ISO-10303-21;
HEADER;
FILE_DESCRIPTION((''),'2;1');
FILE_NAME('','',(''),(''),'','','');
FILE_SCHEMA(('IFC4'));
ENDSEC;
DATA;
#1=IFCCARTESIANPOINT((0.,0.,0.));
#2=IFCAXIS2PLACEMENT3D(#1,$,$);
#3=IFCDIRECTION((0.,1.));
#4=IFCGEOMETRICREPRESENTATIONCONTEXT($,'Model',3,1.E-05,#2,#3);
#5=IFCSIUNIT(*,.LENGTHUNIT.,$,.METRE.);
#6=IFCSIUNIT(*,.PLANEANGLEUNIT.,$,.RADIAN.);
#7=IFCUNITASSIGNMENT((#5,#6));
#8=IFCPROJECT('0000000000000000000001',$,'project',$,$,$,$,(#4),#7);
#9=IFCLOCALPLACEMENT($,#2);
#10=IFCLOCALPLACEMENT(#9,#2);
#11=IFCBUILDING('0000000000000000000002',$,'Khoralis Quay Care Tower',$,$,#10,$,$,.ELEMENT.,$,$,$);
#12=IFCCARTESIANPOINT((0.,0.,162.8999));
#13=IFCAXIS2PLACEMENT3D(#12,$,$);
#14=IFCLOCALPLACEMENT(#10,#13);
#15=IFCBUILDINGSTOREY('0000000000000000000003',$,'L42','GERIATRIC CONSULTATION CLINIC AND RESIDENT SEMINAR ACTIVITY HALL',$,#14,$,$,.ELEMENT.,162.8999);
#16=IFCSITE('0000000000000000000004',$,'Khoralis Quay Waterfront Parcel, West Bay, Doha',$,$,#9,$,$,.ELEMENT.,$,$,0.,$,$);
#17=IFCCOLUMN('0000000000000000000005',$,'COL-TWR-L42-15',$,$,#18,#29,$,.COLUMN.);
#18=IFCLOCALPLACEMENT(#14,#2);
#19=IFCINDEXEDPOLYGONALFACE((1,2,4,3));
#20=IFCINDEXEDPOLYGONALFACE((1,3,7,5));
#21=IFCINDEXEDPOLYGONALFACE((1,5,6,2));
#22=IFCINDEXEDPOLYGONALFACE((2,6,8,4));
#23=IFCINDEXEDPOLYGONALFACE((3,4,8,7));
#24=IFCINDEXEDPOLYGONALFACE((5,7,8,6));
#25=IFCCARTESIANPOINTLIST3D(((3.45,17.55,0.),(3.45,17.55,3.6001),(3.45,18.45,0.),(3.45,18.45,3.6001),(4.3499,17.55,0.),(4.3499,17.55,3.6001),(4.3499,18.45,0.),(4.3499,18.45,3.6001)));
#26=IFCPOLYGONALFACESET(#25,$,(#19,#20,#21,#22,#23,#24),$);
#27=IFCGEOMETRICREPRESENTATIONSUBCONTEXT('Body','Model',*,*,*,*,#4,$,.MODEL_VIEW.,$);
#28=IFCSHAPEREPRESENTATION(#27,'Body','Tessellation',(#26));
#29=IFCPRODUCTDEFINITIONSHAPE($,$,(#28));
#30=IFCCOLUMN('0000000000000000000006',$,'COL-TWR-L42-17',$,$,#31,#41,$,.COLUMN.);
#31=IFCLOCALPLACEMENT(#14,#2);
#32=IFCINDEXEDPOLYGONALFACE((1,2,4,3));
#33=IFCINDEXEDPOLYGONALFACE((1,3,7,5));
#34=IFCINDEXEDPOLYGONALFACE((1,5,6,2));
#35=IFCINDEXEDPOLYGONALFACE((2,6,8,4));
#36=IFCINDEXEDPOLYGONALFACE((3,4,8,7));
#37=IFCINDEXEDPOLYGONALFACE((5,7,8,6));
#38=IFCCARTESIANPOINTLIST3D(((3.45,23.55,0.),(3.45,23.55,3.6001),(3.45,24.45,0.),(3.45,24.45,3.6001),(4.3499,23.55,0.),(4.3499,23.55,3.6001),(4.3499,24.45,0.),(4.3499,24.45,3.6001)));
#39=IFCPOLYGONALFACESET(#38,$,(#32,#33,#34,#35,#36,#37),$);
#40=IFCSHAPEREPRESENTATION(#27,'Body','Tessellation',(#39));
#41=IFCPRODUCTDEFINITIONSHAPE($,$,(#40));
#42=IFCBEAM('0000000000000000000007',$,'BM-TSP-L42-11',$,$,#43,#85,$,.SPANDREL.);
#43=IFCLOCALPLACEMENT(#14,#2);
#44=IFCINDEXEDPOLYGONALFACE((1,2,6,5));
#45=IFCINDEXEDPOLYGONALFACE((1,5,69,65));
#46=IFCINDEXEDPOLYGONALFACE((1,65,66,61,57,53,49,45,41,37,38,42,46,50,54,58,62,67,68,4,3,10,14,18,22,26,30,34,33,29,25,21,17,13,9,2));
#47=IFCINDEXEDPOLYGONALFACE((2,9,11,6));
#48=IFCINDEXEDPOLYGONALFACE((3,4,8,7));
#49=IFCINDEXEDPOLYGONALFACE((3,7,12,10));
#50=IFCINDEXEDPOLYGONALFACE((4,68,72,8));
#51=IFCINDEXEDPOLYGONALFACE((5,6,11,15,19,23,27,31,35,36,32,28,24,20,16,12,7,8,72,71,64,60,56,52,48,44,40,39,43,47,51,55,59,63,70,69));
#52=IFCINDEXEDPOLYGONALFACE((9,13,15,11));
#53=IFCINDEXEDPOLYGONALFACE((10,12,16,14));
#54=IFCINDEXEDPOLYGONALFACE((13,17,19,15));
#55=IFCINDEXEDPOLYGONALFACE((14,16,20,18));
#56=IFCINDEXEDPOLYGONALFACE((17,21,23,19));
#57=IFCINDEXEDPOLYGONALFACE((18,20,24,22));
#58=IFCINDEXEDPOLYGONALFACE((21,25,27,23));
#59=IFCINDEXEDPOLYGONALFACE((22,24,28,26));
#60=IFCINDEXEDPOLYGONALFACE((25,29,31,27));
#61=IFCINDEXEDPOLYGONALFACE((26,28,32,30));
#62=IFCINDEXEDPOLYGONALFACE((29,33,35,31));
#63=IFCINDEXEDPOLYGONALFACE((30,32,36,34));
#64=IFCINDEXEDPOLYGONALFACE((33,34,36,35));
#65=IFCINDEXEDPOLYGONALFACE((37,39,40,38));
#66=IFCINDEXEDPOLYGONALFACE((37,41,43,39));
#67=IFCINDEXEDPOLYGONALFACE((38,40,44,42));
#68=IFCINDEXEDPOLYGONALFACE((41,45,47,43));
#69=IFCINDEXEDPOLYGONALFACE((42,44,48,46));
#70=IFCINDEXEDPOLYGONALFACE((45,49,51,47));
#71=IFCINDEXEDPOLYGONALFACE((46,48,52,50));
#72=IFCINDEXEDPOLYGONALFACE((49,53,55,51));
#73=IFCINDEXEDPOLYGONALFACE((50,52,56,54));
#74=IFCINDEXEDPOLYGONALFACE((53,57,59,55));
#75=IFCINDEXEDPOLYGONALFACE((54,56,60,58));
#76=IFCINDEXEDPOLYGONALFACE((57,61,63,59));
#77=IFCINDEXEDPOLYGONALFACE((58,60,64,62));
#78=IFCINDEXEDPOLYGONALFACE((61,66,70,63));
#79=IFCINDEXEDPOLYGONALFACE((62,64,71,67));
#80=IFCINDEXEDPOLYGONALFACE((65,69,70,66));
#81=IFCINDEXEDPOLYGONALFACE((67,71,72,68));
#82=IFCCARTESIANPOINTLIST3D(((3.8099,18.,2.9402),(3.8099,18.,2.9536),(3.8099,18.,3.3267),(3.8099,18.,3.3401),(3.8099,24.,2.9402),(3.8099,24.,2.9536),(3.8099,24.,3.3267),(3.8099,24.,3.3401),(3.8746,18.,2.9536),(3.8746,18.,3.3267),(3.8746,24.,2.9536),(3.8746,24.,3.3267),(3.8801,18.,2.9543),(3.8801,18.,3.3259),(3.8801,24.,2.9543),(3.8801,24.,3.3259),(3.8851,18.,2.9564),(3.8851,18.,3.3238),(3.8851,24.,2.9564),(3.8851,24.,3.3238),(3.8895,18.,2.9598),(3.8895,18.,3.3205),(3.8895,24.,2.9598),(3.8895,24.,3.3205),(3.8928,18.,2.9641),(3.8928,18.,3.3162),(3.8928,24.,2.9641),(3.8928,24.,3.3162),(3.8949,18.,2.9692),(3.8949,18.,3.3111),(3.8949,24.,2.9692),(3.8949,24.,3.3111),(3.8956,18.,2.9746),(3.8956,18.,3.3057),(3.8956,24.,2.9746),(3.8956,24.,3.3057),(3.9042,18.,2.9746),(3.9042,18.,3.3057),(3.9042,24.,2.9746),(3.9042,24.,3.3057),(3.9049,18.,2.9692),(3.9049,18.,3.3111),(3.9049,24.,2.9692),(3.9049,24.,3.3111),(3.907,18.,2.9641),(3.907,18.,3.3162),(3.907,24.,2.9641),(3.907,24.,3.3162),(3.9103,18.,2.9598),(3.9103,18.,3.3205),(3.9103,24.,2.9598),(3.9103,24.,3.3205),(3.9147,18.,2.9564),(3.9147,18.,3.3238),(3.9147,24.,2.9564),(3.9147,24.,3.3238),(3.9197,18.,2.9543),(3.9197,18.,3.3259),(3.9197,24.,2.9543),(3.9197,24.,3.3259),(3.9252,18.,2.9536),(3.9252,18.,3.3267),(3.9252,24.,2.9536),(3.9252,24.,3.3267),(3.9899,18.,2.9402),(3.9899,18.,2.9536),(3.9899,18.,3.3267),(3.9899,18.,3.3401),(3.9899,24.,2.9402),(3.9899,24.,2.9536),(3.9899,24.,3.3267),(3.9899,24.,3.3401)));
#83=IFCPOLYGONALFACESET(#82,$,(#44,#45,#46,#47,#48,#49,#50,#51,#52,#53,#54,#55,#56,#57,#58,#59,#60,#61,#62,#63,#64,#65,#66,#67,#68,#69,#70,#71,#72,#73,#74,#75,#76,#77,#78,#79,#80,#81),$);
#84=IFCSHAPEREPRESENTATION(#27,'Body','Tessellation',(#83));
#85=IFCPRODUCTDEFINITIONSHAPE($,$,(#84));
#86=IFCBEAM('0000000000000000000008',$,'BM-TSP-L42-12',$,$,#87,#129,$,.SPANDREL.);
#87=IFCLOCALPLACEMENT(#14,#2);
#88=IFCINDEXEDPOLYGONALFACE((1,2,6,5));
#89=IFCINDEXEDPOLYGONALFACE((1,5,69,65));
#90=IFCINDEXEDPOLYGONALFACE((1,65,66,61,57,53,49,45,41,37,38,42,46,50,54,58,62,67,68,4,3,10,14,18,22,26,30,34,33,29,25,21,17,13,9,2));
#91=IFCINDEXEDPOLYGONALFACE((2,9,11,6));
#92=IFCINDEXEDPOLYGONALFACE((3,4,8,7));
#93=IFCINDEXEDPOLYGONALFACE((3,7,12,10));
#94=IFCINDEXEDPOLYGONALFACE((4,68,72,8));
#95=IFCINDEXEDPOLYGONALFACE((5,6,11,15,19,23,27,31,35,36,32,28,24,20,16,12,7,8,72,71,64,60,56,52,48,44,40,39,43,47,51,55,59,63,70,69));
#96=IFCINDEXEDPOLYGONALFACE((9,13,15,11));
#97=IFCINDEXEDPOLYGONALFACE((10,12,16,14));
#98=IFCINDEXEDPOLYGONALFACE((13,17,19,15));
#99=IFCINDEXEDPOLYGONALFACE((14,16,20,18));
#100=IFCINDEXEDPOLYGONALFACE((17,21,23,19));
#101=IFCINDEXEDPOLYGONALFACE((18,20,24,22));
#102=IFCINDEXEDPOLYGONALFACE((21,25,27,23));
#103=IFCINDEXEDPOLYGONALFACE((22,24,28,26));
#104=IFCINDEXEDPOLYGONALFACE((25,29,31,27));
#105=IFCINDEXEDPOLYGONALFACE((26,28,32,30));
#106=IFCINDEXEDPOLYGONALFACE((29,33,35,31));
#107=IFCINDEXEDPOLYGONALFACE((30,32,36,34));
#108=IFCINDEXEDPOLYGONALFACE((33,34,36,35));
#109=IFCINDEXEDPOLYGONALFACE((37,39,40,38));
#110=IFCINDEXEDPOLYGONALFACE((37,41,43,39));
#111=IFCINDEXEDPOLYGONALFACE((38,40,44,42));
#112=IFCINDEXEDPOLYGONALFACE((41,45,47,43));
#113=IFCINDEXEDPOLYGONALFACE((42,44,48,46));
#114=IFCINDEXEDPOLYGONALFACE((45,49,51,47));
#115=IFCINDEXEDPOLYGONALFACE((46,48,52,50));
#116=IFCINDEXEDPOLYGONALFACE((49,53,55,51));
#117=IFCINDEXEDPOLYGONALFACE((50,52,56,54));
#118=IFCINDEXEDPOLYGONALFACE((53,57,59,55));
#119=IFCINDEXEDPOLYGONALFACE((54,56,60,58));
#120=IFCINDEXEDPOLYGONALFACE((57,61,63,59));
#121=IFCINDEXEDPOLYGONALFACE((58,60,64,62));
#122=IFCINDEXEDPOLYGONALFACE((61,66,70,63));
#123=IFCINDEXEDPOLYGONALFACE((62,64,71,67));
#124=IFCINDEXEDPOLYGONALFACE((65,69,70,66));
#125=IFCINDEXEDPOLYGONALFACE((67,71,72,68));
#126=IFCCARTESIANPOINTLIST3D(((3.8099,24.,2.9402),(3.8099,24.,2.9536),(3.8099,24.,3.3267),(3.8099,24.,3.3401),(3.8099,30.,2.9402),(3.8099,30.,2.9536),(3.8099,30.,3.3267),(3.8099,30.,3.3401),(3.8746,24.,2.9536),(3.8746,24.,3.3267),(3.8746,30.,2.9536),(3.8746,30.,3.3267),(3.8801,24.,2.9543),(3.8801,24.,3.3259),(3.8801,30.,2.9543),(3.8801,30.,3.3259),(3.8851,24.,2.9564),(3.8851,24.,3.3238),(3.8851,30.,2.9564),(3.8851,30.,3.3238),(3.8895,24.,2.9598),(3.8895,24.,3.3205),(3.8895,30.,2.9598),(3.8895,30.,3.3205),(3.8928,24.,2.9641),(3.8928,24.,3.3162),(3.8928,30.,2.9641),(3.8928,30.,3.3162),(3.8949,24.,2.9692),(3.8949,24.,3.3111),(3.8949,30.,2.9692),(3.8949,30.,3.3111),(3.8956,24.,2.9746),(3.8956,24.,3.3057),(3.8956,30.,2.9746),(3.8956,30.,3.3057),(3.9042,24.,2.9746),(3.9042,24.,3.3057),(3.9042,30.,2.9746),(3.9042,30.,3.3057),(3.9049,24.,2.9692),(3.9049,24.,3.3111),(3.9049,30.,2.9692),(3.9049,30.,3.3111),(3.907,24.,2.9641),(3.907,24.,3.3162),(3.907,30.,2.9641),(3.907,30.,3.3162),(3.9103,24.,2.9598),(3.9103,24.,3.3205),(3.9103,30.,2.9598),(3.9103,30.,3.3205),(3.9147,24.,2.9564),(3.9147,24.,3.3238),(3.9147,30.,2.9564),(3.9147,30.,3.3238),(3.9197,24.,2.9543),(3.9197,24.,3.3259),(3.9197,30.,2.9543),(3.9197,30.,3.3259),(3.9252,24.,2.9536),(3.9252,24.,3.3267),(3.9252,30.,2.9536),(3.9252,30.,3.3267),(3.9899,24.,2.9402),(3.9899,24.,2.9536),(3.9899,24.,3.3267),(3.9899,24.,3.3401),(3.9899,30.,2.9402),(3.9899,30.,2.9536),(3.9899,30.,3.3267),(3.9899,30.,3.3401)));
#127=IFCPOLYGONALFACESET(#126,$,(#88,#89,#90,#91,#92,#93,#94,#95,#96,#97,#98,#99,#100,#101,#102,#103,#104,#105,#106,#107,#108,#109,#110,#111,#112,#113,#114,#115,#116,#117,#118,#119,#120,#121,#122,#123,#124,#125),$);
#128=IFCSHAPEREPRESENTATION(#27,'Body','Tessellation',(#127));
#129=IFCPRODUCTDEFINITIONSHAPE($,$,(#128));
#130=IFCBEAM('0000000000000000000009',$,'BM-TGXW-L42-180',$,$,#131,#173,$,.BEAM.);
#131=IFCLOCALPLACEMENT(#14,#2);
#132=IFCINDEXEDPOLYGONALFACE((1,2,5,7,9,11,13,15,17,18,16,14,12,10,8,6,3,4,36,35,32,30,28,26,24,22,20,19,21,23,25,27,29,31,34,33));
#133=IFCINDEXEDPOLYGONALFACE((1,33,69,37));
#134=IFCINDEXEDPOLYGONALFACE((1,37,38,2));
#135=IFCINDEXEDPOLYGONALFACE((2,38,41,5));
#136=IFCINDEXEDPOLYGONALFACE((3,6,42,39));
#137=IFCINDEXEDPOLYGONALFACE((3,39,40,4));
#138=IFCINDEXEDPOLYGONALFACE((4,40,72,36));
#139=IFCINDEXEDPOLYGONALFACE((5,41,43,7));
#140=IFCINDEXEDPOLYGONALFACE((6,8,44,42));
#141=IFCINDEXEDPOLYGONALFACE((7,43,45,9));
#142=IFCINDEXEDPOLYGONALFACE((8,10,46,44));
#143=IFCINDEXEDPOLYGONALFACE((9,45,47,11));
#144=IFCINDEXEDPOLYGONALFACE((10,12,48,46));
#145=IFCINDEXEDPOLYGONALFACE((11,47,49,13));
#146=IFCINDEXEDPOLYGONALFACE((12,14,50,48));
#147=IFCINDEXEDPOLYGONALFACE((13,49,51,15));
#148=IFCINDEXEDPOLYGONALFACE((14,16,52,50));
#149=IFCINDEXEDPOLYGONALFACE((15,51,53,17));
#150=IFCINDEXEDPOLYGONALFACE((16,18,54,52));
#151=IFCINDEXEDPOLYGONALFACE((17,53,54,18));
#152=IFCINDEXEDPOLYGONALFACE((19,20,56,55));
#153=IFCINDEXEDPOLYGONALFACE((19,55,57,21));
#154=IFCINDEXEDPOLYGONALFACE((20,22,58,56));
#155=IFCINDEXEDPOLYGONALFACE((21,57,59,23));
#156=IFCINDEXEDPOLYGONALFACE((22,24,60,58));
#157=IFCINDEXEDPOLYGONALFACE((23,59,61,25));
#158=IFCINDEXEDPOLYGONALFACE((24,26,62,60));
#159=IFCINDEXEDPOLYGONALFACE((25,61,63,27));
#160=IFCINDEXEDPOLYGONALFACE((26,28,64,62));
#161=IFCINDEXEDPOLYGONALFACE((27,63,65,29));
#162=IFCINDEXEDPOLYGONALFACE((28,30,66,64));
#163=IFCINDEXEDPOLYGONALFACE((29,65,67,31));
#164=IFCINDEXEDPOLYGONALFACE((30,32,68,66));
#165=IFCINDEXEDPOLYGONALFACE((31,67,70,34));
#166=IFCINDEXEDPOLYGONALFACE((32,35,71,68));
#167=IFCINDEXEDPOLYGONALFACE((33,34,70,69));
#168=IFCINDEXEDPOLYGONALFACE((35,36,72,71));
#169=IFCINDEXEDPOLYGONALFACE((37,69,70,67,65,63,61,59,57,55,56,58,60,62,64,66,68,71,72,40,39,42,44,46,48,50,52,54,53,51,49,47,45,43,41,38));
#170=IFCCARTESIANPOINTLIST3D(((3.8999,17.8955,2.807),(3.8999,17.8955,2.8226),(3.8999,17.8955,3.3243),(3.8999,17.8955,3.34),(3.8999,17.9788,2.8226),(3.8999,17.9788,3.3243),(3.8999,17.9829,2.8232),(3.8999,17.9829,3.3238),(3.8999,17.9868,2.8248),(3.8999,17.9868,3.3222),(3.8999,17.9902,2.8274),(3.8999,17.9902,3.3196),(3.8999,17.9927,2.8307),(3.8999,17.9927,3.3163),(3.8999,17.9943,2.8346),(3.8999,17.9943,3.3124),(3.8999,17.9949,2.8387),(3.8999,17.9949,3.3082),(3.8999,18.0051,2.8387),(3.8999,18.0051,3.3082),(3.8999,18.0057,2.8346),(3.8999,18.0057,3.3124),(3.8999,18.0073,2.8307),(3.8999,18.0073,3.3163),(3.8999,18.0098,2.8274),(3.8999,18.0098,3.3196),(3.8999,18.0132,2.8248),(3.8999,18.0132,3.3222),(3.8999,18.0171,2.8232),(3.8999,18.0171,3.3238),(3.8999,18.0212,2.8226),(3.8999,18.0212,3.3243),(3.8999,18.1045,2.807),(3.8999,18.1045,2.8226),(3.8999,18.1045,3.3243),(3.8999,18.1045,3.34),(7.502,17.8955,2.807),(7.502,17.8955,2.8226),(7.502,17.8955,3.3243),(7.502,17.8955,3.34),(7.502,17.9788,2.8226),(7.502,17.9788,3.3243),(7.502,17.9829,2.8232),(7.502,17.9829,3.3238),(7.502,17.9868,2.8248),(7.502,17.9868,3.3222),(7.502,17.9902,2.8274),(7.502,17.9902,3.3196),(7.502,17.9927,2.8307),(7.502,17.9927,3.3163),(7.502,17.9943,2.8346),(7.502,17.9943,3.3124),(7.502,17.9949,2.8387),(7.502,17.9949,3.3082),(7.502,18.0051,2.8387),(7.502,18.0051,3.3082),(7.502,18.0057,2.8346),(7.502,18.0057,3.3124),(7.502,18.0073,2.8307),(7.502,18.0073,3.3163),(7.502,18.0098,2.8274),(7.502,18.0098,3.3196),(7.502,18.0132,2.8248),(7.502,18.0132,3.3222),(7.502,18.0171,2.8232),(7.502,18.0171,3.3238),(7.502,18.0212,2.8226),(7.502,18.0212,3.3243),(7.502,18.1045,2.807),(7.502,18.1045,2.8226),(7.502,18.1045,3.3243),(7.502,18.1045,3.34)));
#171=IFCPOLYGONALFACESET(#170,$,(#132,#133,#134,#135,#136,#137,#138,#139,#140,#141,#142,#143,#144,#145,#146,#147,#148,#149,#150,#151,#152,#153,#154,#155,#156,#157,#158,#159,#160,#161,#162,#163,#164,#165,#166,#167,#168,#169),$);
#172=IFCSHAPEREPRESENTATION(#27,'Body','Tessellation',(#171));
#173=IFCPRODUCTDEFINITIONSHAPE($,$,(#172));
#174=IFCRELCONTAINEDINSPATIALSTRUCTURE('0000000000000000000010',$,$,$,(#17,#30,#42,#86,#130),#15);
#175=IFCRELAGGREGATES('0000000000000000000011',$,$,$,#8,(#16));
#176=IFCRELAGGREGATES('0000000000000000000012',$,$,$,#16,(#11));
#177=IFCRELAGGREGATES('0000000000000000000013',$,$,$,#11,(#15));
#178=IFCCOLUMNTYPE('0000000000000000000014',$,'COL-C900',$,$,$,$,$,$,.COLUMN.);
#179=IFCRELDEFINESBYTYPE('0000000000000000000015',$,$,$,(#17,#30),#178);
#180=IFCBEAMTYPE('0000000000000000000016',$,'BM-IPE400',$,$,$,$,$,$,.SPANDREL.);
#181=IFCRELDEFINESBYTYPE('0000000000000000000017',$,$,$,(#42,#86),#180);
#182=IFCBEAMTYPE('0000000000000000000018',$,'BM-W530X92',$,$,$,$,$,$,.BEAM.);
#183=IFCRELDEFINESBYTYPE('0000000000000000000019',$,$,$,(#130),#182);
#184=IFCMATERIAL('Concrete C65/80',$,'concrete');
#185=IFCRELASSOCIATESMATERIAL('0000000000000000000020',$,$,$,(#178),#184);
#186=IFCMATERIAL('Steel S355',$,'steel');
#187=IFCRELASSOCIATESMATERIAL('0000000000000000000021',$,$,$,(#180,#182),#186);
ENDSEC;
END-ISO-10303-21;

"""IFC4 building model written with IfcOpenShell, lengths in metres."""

from ifc_helpers import new_model, si_unit, direction, frame, origin, origin_2d, place, context, subcontext, project, spatial, rectangle, i_section, extrude, source, transform, mapped, material, material_profile, profile_set, type_object, element, save


model = new_model("IFC4")

# Units and contexts
model_context = context("Model", 3, precision=1e-05, world=origin(), true_north=direction((0.0, 1.0)))
body_context = subcontext(model_context, "Body", "Model", "MODEL_VIEW")
ifc_project = project(units=[si_unit("LENGTHUNIT", "METRE"), si_unit("PLANEANGLEUNIT", "RADIAN")], contexts=[model_context])

# Site, building, storey
site_placement = place(None, origin())
site = spatial("IfcSite", under=ifc_project, at=site_placement, Name="Khoralis Quay Waterfront Parcel, West Bay, Doha", CompositionType="ELEMENT", RefElevation=0.0)
building_placement = place(site_placement, origin())
building = spatial("IfcBuilding", under=site, at=building_placement, Name="Khoralis Quay Care Tower", CompositionType="ELEMENT")
storey_placement = place(building_placement, frame((0.0, 0.0, 162.8999)))
storey = spatial("IfcBuildingStorey", under=building, at=storey_placement, Name="L42", Description="GERIATRIC CONSULTATION CLINIC AND RESIDENT SEMINAR ACTIVITY HALL", CompositionType="ELEMENT", Elevation=162.8999)

# Columns
ifc_material_1 = material(Name="Concrete C65/80", Category="concrete")
ifc_material_profile_1 = material_profile(ifc_material_1, rectangle(XDim=0.8999, YDim=0.8999, at=origin_2d()), Name="Concrete C65/80")
ifc_profile_set_1 = profile_set([ifc_material_profile_1], Name="Concrete C65/80")
column_type = type_object("IfcColumnType", Name="COL-C900", PredefinedType="COLUMN", material=ifc_profile_set_1)
shared_shape_1 = source(origin(), body_context, "Body", "SweptSolid", [
    extrude(rectangle(XDim=0.8999, YDim=0.8999, at=origin_2d()), origin(), (0.0, 0.0, 1.0), 3.6001),
])
for number, where, z_axis, x_axis, name in (
    (1, (3.8999, 18.0, 0.0), (0.0, 0.0, 1.0), (1.0, 0.0, 0.0), "COL-TWR-L42-15"),
    (2, (3.8999, 24.0, 0.0), (0.0, 0.0, 1.0), (1.0, 0.0, 0.0), "COL-TWR-L42-17"),
):
    element("IfcColumn", number, at=place(storey_placement, frame(where, z_axis=z_axis, x_axis=x_axis)), inside=storey, type_object=column_type, Name=name, PredefinedType="COLUMN", context=body_context, shape_type="MappedRepresentation", body=[
        mapped(shared_shape_1, transform((0.0, 0.0, 0.0), scale=1.0)),
    ])

# Beams
ifc_material_2 = material(Name="Steel S355", Category="steel")
ifc_material_profile_2 = material_profile(ifc_material_2, i_section(OverallWidth=0.1799, OverallDepth=0.3999, WebThickness=0.0085, FlangeThickness=0.0134, FilletRadius=0.021, at=origin_2d()), Name="Steel S355")
ifc_profile_set_2 = profile_set([ifc_material_profile_2], Name="Steel S355")
beam_type_1 = type_object("IfcBeamType", Name="BM-IPE400", PredefinedType="SPANDREL", material=ifc_profile_set_2)
shared_shape_2 = source(origin(), body_context, "Body", "SweptSolid", [
    extrude(i_section(OverallWidth=0.1799, OverallDepth=0.3999, WebThickness=0.0085, FlangeThickness=0.0134, FilletRadius=0.021, at=origin_2d()), origin(), (0.0, 0.0, 1.0), 6.0),
])
for number, where, z_axis, x_axis, name in (
    (3, (3.8999, 18.0, 3.1401), (0.0, 1.0, 0.0), (-1.0, 0.0, 0.0), "BM-TSP-L42-11"),
    (4, (3.8999, 24.0, 3.1401), (0.0, 1.0, 0.0), (-1.0, 0.0, 0.0), "BM-TSP-L42-12"),
):
    element("IfcBeam", number, at=place(storey_placement, frame(where, z_axis=z_axis, x_axis=x_axis)), inside=storey, type_object=beam_type_1, Name=name, PredefinedType="SPANDREL", context=body_context, shape_type="MappedRepresentation", body=[
        mapped(shared_shape_2, transform((0.0, 0.0, 0.0), scale=1.0)),
    ])
ifc_material_profile_3 = material_profile(ifc_material_2, i_section(OverallWidth=0.209, OverallDepth=0.533, WebThickness=0.0103, FlangeThickness=0.0156, FilletRadius=0.0161, at=origin_2d()), Name="Steel S355")
ifc_profile_set_3 = profile_set([ifc_material_profile_3], Name="Steel S355")
beam_type_2 = type_object("IfcBeamType", Name="BM-W530X92", PredefinedType="BEAM", material=ifc_profile_set_3)
shared_shape_3 = source(origin(), body_context, "Body", "SweptSolid", [
    extrude(i_section(OverallWidth=0.209, OverallDepth=0.533, WebThickness=0.0103, FlangeThickness=0.0156, FilletRadius=0.0161, at=origin_2d()), origin(), (0.0, 0.0, 1.0), 3.6021),
])
for number, where, z_axis, x_axis, name in (
    (5, (3.8999, 18.0, 3.0735), (1.0, 0.0, 0.0), (0.0, 1.0, 0.0), "BM-TGXW-L42-180"),
):
    element("IfcBeam", number, at=place(storey_placement, frame(where, z_axis=z_axis, x_axis=x_axis)), inside=storey, type_object=beam_type_2, Name=name, PredefinedType="BEAM", context=body_context, shape_type="MappedRepresentation", body=[
        mapped(shared_shape_3, transform((0.0, 0.0, 0.0), scale=1.0)),
    ])

save(model, "model.ifc")
